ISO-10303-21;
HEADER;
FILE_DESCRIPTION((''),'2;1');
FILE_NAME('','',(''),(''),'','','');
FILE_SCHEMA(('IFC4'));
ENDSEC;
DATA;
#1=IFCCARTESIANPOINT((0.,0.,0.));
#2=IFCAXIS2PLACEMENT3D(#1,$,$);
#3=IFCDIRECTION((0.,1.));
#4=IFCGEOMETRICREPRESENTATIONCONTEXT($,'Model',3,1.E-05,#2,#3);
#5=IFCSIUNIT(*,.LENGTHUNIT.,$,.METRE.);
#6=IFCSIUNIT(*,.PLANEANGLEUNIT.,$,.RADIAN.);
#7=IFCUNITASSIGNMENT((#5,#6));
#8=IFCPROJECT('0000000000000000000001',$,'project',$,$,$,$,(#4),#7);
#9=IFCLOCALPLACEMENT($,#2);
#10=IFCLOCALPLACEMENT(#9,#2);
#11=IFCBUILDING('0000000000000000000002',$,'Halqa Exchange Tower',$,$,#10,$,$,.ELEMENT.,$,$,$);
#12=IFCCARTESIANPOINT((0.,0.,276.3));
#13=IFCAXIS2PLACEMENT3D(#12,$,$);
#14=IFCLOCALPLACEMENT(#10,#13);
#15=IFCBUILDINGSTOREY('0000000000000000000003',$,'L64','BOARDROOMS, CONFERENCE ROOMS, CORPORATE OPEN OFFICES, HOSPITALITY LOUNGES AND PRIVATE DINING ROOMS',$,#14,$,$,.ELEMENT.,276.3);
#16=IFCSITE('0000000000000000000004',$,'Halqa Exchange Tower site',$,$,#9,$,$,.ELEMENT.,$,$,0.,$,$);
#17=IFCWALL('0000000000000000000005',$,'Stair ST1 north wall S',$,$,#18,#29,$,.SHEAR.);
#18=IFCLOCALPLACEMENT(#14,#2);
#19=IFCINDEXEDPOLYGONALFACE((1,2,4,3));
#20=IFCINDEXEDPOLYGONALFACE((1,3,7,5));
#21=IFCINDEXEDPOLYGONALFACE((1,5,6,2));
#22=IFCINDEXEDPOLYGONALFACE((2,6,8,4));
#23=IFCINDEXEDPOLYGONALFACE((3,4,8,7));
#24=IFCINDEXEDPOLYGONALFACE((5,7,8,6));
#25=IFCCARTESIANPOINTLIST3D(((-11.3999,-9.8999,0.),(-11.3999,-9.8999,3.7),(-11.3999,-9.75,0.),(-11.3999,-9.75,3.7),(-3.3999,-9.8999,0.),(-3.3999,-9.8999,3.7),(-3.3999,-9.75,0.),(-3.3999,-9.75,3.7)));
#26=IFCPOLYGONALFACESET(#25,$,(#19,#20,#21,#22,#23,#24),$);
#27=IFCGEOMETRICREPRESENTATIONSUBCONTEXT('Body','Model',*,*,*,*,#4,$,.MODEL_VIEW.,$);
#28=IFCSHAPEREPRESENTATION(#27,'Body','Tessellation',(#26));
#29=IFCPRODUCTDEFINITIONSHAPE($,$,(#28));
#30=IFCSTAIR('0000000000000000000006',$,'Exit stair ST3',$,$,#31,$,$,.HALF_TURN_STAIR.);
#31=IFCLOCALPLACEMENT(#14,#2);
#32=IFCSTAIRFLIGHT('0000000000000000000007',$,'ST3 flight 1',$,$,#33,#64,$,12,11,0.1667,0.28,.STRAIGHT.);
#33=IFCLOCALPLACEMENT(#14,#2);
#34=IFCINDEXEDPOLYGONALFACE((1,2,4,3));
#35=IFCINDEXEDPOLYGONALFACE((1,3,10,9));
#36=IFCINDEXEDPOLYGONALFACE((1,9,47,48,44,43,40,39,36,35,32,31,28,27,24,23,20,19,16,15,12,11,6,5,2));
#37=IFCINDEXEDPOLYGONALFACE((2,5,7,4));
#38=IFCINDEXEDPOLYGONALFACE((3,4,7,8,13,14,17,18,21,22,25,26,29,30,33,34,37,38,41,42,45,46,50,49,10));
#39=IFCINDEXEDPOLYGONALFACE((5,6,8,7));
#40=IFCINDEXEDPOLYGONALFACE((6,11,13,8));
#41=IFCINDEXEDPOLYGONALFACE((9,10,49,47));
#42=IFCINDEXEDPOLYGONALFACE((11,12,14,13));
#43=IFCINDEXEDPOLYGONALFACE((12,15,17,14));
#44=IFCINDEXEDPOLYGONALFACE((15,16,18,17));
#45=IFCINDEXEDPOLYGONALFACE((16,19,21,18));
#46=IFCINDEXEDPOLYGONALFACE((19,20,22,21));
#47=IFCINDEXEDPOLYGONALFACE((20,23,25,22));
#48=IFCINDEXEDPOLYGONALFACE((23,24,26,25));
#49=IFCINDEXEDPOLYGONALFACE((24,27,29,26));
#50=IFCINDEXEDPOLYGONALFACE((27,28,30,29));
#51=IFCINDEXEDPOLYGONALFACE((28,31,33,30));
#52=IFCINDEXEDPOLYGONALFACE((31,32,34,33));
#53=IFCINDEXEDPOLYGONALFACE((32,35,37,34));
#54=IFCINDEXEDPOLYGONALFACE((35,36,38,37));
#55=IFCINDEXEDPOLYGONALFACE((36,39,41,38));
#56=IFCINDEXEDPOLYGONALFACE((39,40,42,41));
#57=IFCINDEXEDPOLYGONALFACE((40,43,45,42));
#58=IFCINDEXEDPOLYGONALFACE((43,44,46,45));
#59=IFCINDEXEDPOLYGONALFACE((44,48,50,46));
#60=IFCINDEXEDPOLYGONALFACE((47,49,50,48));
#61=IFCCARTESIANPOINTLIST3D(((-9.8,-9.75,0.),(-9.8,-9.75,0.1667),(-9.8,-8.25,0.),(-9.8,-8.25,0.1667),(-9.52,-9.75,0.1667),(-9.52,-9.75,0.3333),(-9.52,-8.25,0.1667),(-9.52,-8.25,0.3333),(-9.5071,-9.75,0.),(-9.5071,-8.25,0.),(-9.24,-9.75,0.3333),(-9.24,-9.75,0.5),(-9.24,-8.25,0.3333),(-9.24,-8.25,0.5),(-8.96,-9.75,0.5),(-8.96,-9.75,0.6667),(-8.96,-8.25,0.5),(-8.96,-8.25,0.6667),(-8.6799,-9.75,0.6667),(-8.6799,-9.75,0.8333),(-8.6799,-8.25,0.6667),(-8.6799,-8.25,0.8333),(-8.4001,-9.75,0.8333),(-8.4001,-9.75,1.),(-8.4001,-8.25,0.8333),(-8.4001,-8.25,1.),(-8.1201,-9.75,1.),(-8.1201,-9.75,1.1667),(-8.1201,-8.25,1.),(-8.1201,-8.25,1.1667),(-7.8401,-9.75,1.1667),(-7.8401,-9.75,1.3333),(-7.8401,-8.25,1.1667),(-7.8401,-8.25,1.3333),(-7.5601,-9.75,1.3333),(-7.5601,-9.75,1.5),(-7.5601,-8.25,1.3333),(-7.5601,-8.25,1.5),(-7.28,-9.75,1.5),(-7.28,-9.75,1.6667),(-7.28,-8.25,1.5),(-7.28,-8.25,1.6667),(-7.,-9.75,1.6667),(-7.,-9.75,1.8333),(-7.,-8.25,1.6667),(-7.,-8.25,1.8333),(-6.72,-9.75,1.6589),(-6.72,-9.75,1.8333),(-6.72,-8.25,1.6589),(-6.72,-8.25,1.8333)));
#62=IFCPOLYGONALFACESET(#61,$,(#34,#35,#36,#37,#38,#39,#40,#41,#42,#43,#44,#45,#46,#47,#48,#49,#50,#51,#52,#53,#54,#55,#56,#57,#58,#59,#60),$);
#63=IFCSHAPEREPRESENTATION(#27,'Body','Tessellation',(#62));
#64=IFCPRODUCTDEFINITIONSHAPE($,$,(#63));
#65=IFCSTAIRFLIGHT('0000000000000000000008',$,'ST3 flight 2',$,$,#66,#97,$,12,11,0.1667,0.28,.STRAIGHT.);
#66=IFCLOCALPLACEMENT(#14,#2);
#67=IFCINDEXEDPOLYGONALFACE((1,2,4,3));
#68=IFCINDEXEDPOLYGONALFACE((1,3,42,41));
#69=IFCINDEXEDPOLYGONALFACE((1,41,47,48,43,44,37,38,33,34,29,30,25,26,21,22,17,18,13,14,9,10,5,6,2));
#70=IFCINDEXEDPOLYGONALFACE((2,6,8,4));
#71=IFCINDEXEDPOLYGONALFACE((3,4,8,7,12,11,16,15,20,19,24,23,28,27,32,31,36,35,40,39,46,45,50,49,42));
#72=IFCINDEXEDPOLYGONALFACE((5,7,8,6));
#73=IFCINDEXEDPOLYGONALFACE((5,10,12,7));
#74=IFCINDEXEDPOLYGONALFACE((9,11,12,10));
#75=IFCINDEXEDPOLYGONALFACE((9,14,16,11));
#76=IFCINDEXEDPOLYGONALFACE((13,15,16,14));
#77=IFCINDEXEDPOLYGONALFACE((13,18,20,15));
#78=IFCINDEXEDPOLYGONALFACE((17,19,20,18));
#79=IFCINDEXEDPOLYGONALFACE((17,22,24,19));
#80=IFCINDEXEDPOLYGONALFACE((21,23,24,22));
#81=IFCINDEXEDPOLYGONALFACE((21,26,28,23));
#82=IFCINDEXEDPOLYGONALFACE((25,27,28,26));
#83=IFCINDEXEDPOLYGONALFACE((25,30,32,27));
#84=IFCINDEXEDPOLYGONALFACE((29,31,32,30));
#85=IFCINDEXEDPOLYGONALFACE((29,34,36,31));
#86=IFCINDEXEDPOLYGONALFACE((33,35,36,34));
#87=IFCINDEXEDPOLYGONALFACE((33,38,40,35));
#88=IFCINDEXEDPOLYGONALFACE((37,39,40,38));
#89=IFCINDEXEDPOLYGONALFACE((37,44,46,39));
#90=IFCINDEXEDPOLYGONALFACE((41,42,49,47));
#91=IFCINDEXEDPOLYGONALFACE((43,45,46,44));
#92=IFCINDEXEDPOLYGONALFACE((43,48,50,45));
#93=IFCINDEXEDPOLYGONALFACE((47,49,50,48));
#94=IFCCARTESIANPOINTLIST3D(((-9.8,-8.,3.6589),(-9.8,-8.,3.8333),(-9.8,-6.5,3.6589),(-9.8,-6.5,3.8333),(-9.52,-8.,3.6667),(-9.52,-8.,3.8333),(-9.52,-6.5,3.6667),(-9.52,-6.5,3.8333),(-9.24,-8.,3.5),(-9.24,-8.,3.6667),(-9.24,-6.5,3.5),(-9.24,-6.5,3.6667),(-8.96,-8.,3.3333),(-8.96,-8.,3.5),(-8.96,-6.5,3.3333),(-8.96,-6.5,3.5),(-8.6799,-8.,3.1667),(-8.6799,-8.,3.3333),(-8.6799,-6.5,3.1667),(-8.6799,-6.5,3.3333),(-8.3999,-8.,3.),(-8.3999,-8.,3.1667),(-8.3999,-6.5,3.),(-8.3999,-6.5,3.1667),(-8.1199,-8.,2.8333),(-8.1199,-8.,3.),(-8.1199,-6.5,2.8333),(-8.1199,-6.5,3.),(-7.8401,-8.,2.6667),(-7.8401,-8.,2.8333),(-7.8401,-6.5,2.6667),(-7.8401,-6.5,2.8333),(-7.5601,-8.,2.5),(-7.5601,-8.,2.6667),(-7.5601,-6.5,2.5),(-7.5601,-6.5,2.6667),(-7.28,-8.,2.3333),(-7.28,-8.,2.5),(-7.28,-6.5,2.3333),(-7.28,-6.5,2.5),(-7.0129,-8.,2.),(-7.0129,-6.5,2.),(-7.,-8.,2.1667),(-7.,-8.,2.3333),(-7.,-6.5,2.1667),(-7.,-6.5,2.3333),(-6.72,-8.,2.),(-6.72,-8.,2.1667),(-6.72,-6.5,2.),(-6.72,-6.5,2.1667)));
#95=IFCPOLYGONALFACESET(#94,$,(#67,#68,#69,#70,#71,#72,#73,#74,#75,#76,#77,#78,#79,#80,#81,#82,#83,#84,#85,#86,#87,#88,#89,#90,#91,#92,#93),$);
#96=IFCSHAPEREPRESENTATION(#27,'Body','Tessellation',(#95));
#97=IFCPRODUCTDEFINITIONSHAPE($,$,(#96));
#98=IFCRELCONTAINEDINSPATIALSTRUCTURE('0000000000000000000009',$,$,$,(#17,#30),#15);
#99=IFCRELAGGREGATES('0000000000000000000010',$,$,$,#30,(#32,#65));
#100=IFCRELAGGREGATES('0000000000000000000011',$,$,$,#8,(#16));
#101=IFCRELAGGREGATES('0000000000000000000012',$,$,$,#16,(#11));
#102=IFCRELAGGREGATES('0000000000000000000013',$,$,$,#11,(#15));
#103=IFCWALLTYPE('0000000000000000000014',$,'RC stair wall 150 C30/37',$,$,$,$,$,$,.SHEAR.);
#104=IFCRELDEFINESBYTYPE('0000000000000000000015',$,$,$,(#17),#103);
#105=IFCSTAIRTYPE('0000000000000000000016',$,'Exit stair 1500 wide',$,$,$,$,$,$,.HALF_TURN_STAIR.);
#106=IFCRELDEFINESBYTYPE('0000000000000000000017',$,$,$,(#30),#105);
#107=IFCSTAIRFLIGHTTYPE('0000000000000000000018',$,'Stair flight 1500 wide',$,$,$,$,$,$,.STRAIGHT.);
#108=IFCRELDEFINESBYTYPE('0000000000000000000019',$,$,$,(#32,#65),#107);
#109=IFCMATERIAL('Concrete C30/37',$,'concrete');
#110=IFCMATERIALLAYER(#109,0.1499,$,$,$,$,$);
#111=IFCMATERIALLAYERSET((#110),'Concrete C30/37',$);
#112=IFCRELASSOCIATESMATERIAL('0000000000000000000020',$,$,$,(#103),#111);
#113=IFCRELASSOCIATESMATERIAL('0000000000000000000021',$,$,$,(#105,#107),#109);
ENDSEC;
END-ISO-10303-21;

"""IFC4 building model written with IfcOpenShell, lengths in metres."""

from ifc_helpers import new_model, si_unit, direction, frame, frame_2d, origin, place, context, subcontext, project, spatial, polyline, rectangle, outline, extrude, material, layer, layer_set, type_object, element, aggregate, save


model = new_model("IFC4")

# Units and contexts
model_context = context("Model", 3, precision=1e-05, world=origin(), true_north=direction((0.0, 1.0)))
body_context = subcontext(model_context, "Body", "Model", "MODEL_VIEW")
ifc_project = project(units=[si_unit("LENGTHUNIT", "METRE"), si_unit("PLANEANGLEUNIT", "RADIAN")], contexts=[model_context])

# Site, building, storey
site_placement = place(None, origin())
site = spatial("IfcSite", under=ifc_project, at=site_placement, Name="Halqa Exchange Tower site", CompositionType="ELEMENT", RefElevation=0.0)
building_placement = place(site_placement, origin())
building = spatial("IfcBuilding", under=site, at=building_placement, Name="Halqa Exchange Tower", CompositionType="ELEMENT")
storey_placement = place(building_placement, frame((0.0, 0.0, 276.3)))
storey = spatial("IfcBuildingStorey", under=building, at=storey_placement, Name="L64", Description="BOARDROOMS, CONFERENCE ROOMS, CORPORATE OPEN OFFICES, HOSPITALITY LOUNGES AND PRIVATE DINING ROOMS", CompositionType="ELEMENT", Elevation=276.3)

# Wall
ifc_material_1 = material(Name="Concrete C30/37", Category="concrete")
ifc_layer_1 = layer(ifc_material_1, 0.1499)
ifc_layer_set_1 = layer_set([ifc_layer_1], Name="Concrete C30/37")
wall_type_1 = type_object("IfcWallType", Name="RC stair wall 150 C30/37", PredefinedType="SHEAR", material=ifc_layer_set_1)
wall_1_placement = place(storey_placement, frame((-11.3999, -9.825, 0.0), z_axis=(0.0, 0.0, 1.0), x_axis=(1.0, 0.0, 0.0)))
element("IfcWall", 1, at=wall_1_placement, inside=storey, type_object=wall_type_1, Name="Stair ST1 north wall S", PredefinedType="SHEAR", context=body_context, shape_type="SweptSolid", body=[
    extrude(rectangle(XDim=8.0, YDim=0.1499, at=frame_2d((4.0, 0.0))), origin(), (0.0, 0.0, 1.0), 3.7),
])

# Stair, stair flights
stair_type = type_object("IfcStairType", Name="Exit stair 1500 wide", PredefinedType="HALF_TURN_STAIR", material=ifc_material_1)
stair_placement = place(storey_placement, origin())
stair = element("IfcStair", 2, at=stair_placement, inside=storey, type_object=stair_type, Name="Exit stair ST3", PredefinedType="HALF_TURN_STAIR")
stair_flight_type = type_object("IfcStairFlightType", Name="Stair flight 1500 wide", PredefinedType="STRAIGHT", material=ifc_material_1)
stair_flight_1_placement = place(storey_placement, frame((-9.8, -9.0, 0.0), z_axis=(0.0, 0.0, 1.0), x_axis=(1.0, 0.0, 0.0)))
stair_flight_1 = element("IfcStairFlight", 3, at=stair_flight_1_placement, type_object=stair_flight_type, Name="ST3 flight 1", NumberOfRisers=12, NumberOfTreads=11, PredefinedType="STRAIGHT", RiserHeight=0.1667, TreadLength=0.28, context=body_context, shape_type="SweptSolid", body=[
    extrude(outline(polyline([(0.0, 0.0), (0.0, 0.1667), (0.28, 0.1667), (0.28, 0.3333), (0.5601, 0.3333), (0.5601, 0.5), (0.8401, 0.5), (0.8401, 0.6667), (1.1201, 0.6667), (1.1201, 0.8333), (1.3999, 0.8333), (1.3999, 1.0), (1.6799, 1.0), (1.6799, 1.1667), (1.96, 1.1667), (1.96, 1.3333), (2.24, 1.3333), (2.24, 1.5), (2.52, 1.5), (2.52, 1.6667), (2.8, 1.6667), (2.8, 1.8333), (3.0801, 1.8333), (3.0801, 2.0), (3.0801, 1.6589), (0.293, 0.0), (0.0, 0.0)])), frame((0.0, 0.75, 0.0), z_axis=(0.0, -1.0, 0.0), x_axis=(1.0, 0.0, 0.0)), (0.0, 0.0, 1.0), 1.5),
])
stair_flight_2_placement = place(storey_placement, frame((-6.72, -7.25, 2.0), z_axis=(0.0, 0.0, 1.0), x_axis=(-1.0, 0.0, 0.0)))
stair_flight_2 = element("IfcStairFlight", 4, at=stair_flight_2_placement, type_object=stair_flight_type, Name="ST3 flight 2", NumberOfRisers=12, NumberOfTreads=11, PredefinedType="STRAIGHT", RiserHeight=0.1667, TreadLength=0.28, context=body_context, shape_type="SweptSolid", body=[
    extrude(outline(polyline([(0.0, 0.0), (0.0, 0.1667), (0.28, 0.1667), (0.28, 0.3333), (0.5601, 0.3333), (0.5601, 0.5), (0.8401, 0.5), (0.8401, 0.6667), (1.1201, 0.6667), (1.1201, 0.8333), (1.3999, 0.8333), (1.3999, 1.0), (1.6799, 1.0), (1.6799, 1.1667), (1.96, 1.1667), (1.96, 1.3333), (2.24, 1.3333), (2.24, 1.5), (2.52, 1.5), (2.52, 1.6667), (2.8, 1.6667), (2.8, 1.8333), (3.0801, 1.8333), (3.0801, 2.0), (3.0801, 1.6589), (0.293, 0.0), (0.0, 0.0)])), frame((0.0, 0.75, 0.0), z_axis=(0.0, -1.0, 0.0), x_axis=(1.0, 0.0, 0.0)), (0.0, 0.0, 1.0), 1.5),
])
aggregate(stair, [stair_flight_1, stair_flight_2])

save(model, "model.ifc")
